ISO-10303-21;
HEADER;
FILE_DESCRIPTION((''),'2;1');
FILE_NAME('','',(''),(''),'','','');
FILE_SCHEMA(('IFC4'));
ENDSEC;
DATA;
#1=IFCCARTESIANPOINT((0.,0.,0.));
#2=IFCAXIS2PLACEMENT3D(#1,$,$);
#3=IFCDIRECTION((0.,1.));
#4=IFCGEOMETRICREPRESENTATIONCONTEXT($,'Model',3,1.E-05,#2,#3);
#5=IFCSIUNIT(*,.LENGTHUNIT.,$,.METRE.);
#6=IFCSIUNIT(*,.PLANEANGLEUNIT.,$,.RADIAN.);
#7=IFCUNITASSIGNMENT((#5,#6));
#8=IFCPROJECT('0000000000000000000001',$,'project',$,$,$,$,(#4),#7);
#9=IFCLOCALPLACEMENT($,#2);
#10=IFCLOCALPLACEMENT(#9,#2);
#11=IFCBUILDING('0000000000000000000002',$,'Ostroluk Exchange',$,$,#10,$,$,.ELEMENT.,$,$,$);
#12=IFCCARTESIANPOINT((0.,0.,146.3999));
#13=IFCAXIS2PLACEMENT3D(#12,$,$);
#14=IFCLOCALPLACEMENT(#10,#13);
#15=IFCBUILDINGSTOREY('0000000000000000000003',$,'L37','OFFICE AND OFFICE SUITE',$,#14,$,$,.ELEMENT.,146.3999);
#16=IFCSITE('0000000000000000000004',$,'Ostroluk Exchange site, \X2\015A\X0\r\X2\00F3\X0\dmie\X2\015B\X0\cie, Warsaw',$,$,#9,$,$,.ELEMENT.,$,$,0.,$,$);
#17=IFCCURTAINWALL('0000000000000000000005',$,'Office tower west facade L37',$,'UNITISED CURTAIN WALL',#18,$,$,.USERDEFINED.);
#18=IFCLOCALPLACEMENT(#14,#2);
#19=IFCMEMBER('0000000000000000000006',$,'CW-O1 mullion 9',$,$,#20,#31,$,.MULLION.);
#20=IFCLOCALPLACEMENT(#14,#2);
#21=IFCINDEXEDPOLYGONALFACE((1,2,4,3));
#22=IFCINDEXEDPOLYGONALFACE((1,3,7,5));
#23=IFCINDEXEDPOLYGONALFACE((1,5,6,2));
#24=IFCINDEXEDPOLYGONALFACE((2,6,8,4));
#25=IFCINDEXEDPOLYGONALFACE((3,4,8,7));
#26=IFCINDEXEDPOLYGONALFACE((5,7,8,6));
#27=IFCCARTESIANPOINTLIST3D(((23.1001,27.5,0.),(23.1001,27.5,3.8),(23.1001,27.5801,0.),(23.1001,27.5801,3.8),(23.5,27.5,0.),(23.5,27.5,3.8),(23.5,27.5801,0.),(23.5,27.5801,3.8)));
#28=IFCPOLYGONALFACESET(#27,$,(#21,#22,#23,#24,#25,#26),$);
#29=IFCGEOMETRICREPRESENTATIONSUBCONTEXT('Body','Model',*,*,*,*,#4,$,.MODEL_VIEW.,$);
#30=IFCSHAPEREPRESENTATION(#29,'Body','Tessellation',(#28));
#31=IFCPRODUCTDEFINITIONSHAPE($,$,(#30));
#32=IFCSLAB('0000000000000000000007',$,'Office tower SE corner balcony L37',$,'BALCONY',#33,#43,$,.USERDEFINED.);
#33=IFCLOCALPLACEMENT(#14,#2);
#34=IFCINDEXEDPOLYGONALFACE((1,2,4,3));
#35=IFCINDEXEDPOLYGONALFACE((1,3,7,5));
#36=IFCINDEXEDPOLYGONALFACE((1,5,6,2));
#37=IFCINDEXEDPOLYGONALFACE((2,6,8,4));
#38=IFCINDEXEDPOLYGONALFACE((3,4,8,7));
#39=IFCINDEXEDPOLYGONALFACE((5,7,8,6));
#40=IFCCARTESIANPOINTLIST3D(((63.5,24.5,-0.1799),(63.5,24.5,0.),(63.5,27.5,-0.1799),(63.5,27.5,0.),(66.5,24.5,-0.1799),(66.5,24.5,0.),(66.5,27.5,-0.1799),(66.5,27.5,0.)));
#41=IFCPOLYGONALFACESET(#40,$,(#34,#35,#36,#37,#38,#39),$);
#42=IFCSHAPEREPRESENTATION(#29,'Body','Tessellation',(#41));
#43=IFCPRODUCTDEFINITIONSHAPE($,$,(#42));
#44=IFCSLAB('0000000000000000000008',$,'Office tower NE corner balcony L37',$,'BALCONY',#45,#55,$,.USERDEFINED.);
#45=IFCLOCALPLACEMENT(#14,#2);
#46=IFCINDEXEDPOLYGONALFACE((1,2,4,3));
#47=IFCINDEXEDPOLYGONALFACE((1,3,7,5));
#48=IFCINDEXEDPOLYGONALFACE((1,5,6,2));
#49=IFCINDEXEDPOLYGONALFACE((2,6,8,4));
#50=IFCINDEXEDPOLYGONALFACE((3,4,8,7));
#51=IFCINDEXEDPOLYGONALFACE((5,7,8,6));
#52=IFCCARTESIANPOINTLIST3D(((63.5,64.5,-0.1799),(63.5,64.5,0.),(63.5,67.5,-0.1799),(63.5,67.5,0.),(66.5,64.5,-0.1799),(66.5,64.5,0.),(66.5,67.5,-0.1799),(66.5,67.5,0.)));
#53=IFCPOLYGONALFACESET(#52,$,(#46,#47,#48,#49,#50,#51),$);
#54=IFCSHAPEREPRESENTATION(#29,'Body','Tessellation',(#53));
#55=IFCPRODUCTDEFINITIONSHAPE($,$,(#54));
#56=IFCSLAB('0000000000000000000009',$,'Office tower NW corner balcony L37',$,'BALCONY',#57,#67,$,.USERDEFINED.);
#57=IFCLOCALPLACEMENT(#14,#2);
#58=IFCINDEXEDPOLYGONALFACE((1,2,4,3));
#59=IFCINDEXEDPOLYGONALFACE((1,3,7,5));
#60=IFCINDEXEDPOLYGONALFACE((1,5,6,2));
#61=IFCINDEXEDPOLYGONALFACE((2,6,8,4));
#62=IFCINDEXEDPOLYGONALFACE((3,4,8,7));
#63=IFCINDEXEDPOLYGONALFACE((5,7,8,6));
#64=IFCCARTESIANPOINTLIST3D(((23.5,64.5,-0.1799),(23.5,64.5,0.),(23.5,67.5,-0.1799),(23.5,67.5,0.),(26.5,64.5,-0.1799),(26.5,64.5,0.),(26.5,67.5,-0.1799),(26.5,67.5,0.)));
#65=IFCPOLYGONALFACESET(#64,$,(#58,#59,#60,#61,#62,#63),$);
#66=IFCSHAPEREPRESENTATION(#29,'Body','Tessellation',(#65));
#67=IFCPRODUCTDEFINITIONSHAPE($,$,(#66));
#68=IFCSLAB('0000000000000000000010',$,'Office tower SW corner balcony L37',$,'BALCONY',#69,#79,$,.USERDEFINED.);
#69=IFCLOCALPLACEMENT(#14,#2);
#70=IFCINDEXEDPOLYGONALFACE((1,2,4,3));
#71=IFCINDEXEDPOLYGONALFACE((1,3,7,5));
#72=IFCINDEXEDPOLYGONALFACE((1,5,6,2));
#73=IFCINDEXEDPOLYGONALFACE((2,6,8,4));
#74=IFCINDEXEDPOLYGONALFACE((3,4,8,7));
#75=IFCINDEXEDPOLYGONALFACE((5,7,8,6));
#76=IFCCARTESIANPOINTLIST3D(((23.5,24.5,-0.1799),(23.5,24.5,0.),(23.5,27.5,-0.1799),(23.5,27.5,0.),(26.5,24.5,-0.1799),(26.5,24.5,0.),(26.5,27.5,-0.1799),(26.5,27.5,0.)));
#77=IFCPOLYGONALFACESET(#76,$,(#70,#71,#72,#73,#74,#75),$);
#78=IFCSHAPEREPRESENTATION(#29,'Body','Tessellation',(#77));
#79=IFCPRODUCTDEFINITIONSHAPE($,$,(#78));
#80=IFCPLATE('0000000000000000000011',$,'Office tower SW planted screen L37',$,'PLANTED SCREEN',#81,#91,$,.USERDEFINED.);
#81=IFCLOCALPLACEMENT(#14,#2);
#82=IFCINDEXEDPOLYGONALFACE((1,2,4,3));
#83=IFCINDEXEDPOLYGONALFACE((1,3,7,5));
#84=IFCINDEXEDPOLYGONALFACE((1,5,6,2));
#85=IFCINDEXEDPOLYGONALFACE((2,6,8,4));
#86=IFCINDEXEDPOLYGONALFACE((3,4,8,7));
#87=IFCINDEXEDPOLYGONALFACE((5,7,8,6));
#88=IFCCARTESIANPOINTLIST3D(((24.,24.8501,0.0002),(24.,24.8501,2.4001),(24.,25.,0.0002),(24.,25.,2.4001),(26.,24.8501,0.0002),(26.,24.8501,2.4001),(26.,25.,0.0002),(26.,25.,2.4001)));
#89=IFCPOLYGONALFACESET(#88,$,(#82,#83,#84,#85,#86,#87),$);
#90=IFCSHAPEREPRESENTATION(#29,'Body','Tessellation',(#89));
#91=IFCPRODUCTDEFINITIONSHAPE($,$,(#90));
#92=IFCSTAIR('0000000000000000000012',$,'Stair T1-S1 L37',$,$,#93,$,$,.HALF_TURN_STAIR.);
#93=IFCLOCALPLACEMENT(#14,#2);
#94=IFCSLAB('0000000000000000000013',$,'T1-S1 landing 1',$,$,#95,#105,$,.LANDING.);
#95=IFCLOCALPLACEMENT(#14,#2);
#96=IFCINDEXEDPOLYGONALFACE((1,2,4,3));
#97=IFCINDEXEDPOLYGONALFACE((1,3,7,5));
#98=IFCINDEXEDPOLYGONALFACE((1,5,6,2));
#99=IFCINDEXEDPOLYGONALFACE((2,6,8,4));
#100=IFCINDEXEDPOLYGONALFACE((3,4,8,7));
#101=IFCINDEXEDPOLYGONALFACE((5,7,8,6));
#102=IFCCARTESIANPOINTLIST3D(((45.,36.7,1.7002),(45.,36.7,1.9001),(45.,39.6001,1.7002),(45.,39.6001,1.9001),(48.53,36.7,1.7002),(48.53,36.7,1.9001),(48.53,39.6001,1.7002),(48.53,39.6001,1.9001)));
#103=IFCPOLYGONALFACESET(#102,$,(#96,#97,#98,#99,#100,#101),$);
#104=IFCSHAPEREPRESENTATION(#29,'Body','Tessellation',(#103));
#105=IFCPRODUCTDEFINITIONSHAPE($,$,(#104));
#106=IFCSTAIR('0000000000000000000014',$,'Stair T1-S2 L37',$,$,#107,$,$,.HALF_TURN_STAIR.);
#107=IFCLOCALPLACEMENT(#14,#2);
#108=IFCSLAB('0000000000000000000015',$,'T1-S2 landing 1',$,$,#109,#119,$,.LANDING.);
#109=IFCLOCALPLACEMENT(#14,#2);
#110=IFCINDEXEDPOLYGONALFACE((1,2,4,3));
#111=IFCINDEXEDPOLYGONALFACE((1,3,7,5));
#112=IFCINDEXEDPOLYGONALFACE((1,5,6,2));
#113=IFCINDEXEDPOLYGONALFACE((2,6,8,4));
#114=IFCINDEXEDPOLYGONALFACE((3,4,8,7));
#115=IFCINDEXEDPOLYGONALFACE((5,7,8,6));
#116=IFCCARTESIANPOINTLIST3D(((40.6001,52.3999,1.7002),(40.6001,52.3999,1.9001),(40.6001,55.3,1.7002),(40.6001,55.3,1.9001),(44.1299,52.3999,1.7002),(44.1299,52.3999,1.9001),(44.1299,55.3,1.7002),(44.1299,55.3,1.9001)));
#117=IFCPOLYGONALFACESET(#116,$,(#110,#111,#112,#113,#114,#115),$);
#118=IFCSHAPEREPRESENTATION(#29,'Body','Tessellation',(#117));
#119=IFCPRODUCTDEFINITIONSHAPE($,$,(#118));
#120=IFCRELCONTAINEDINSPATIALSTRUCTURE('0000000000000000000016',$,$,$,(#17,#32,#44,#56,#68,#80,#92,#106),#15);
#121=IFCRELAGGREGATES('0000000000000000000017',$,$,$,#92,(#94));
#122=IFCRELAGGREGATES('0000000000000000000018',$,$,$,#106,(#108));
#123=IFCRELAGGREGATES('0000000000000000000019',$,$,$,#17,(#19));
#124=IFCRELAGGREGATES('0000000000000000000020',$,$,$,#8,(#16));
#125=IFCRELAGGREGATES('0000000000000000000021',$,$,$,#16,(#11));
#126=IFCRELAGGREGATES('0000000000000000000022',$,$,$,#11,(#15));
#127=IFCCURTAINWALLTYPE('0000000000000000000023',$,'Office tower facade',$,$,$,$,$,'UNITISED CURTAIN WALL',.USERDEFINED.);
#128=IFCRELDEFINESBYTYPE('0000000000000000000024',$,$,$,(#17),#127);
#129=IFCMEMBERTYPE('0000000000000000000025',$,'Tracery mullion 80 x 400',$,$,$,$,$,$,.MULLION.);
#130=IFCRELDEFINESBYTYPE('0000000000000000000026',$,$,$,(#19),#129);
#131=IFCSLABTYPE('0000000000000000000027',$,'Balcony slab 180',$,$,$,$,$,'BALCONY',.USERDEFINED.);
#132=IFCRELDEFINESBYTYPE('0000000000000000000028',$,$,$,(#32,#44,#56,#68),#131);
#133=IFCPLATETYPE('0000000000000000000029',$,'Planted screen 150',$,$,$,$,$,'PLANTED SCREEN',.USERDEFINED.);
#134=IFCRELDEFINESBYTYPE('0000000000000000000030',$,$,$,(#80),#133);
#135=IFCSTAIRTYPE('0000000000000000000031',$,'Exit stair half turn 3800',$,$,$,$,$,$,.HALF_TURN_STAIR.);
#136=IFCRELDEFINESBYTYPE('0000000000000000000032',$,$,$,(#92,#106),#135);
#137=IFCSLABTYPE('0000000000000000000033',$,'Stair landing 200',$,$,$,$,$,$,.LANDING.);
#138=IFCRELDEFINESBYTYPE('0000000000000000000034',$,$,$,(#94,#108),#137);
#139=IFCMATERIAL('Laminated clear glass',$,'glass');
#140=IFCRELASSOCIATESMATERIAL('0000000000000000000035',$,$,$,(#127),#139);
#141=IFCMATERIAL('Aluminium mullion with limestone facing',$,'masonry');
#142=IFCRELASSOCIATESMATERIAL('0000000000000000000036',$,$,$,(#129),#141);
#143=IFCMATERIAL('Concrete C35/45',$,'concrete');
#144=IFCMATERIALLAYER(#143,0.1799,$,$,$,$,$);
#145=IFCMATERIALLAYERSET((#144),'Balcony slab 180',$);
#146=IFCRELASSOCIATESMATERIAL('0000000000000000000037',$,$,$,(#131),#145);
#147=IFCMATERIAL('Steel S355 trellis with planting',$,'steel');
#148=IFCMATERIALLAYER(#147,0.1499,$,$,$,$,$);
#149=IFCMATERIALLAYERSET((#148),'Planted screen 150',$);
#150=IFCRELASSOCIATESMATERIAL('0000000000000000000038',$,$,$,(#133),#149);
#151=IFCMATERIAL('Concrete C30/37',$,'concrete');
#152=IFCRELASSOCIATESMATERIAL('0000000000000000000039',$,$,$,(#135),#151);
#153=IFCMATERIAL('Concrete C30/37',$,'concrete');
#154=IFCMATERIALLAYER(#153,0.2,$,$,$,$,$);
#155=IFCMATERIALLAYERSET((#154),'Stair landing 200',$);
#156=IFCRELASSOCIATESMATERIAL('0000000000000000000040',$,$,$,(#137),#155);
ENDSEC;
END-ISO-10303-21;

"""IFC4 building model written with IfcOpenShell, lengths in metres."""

from ifc_helpers import new_model, si_unit, direction, frame, origin, origin_2d, place, context, subcontext, project, spatial, polyline, rectangle, outline, extrude, material, layer, layer_set, material_profile, profile_set, type_object, element, aggregate, save


model = new_model("IFC4")

# Units and contexts
model_context = context("Model", 3, precision=1e-05, world=origin(), true_north=direction((0.0, 1.0)))
body_context = subcontext(model_context, "Body", "Model", "MODEL_VIEW")
ifc_project = project(units=[si_unit("LENGTHUNIT", "METRE"), si_unit("PLANEANGLEUNIT", "RADIAN")], contexts=[model_context])

# Site, building, storey
site_placement = place(None, origin())
site = spatial("IfcSite", under=ifc_project, at=site_placement, Name="Ostroluk Exchange site, Śródmieście, Warsaw", CompositionType="ELEMENT", RefElevation=0.0)
building_placement = place(site_placement, origin())
building = spatial("IfcBuilding", under=site, at=building_placement, Name="Ostroluk Exchange", CompositionType="ELEMENT")
storey_placement = place(building_placement, frame((0.0, 0.0, 146.3999)))
storey = spatial("IfcBuildingStorey", under=building, at=storey_placement, Name="L37", Description="OFFICE AND OFFICE SUITE", CompositionType="ELEMENT", Elevation=146.3999)

# Curtain wall
ifc_material_1 = material(Name="Laminated clear glass", Category="glass")
curtain_wall_type = type_object("IfcCurtainWallType", Name="Office tower facade", ElementType="UNITISED CURTAIN WALL", PredefinedType="USERDEFINED", material=ifc_material_1)
curtain_wall_1_placement = place(storey_placement, origin())
curtain_wall_1 = element("IfcCurtainWall", 1, at=curtain_wall_1_placement, inside=storey, type_object=curtain_wall_type, Name="Office tower west facade L37", ObjectType="UNITISED CURTAIN WALL", PredefinedType="USERDEFINED")

# Member
ifc_material_2 = material(Name="Aluminium mullion with limestone facing", Category="masonry")
ifc_material_profile_1 = material_profile(ifc_material_2, rectangle(XDim=0.3999, YDim=0.0801, at=origin_2d()), Name="Tracery mullion 80 x 400")
ifc_profile_set_1 = profile_set([ifc_material_profile_1], Name="Aluminium mullion with limestone facing")
member_type_1 = type_object("IfcMemberType", Name="Tracery mullion 80 x 400", PredefinedType="MULLION", material=ifc_profile_set_1)
member_1_placement = place(storey_placement, frame((23.3, 27.54, 0.0), z_axis=(0.0, 0.0, 1.0), x_axis=(1.0, 0.0, 0.0)))
member_1 = element("IfcMember", 2, at=member_1_placement, type_object=member_type_1, Name="CW-O1 mullion 9", PredefinedType="MULLION", context=body_context, shape_type="SweptSolid", body=[
    extrude(rectangle(XDim=0.3999, YDim=0.0801, at=origin_2d()), origin(), (0.0, 0.0, 1.0), 3.8),
])

# Slabs
ifc_material_3 = material(Name="Concrete C35/45", Category="concrete")
ifc_layer_1 = layer(ifc_material_3, 0.1799)
ifc_layer_set_1 = layer_set([ifc_layer_1], Name="Balcony slab 180")
slab_type_1 = type_object("IfcSlabType", Name="Balcony slab 180", ElementType="BALCONY", PredefinedType="USERDEFINED", material=ifc_layer_set_1)
slab_1_placement = place(storey_placement, frame((0.0, 0.0, -0.1799)))
element("IfcSlab", 3, at=slab_1_placement, inside=storey, type_object=slab_type_1, Name="Office tower SE corner balcony L37", ObjectType="BALCONY", PredefinedType="USERDEFINED", context=body_context, shape_type="SweptSolid", body=[
    extrude(outline(polyline([(63.5, 24.5), (66.5, 24.5), (66.5, 27.5), (63.5, 27.5), (63.5, 24.5)])), origin(), (0.0, 0.0, 1.0), 0.1799),
])
slab_2_placement = place(storey_placement, frame((0.0, 0.0, -0.1799)))
element("IfcSlab", 4, at=slab_2_placement, inside=storey, type_object=slab_type_1, Name="Office tower NE corner balcony L37", ObjectType="BALCONY", PredefinedType="USERDEFINED", context=body_context, shape_type="SweptSolid", body=[
    extrude(outline(polyline([(63.5, 64.5), (66.5, 64.5), (66.5, 67.5), (63.5, 67.5), (63.5, 64.5)])), origin(), (0.0, 0.0, 1.0), 0.1799),
])
slab_3_placement = place(storey_placement, frame((0.0, 0.0, -0.1799)))
element("IfcSlab", 5, at=slab_3_placement, inside=storey, type_object=slab_type_1, Name="Office tower NW corner balcony L37", ObjectType="BALCONY", PredefinedType="USERDEFINED", context=body_context, shape_type="SweptSolid", body=[
    extrude(outline(polyline([(23.5, 64.5), (26.5, 64.5), (26.5, 67.5), (23.5, 67.5), (23.5, 64.5)])), origin(), (0.0, 0.0, 1.0), 0.1799),
])
slab_4_placement = place(storey_placement, frame((0.0, 0.0, -0.1799)))
element("IfcSlab", 6, at=slab_4_placement, inside=storey, type_object=slab_type_1, Name="Office tower SW corner balcony L37", ObjectType="BALCONY", PredefinedType="USERDEFINED", context=body_context, shape_type="SweptSolid", body=[
    extrude(outline(polyline([(23.5, 24.5), (26.5, 24.5), (26.5, 27.5), (23.5, 27.5), (23.5, 24.5)])), origin(), (0.0, 0.0, 1.0), 0.1799),
])

# Plate
ifc_material_4 = material(Name="Steel S355 trellis with planting", Category="steel")
ifc_layer_2 = layer(ifc_material_4, 0.1499)
ifc_layer_set_2 = layer_set([ifc_layer_2], Name="Planted screen 150")
plate_type_1 = type_object("IfcPlateType", Name="Planted screen 150", ElementType="PLANTED SCREEN", PredefinedType="USERDEFINED", material=ifc_layer_set_2)
plate_1_placement = place(storey_placement, frame((25.0, 24.925, 0.0002), z_axis=(0.0, 0.0, 1.0), x_axis=(1.0, 0.0, 0.0)))
element("IfcPlate", 7, at=plate_1_placement, inside=storey, type_object=plate_type_1, Name="Office tower SW planted screen L37", ObjectType="PLANTED SCREEN", PredefinedType="USERDEFINED", context=body_context, shape_type="SweptSolid", body=[
    extrude(rectangle(XDim=2.0, YDim=0.1499, at=origin_2d()), origin(), (0.0, 0.0, 1.0), 2.3999),
])

# Stairs, slabs
ifc_material_5 = material(Name="Concrete C30/37", Category="concrete")
stair_type = type_object("IfcStairType", Name="Exit stair half turn 3800", PredefinedType="HALF_TURN_STAIR", material=ifc_material_5)
stair_1_placement = place(storey_placement, origin())
stair_1 = element("IfcStair", 8, at=stair_1_placement, inside=storey, type_object=stair_type, Name="Stair T1-S1 L37", PredefinedType="HALF_TURN_STAIR")
ifc_material_6 = material(Name="Concrete C30/37", Category="concrete")
ifc_layer_3 = layer(ifc_material_6, 0.2)
ifc_layer_set_3 = layer_set([ifc_layer_3], Name="Stair landing 200")
slab_type_2 = type_object("IfcSlabType", Name="Stair landing 200", PredefinedType="LANDING", material=ifc_layer_set_3)
slab_5_placement = place(storey_placement, frame((0.0, 0.0, 1.7002)))
slab_5 = element("IfcSlab", 9, at=slab_5_placement, type_object=slab_type_2, Name="T1-S1 landing 1", PredefinedType="LANDING", context=body_context, shape_type="SweptSolid", body=[
    extrude(outline(polyline([(45.0, 36.7), (45.0, 39.6001), (48.53, 39.6001), (48.53, 36.7), (45.0, 36.7)])), origin(), (0.0, 0.0, 1.0), 0.2),
])
aggregate(stair_1, [slab_5])
stair_2_placement = place(storey_placement, origin())
stair_2 = element("IfcStair", 10, at=stair_2_placement, inside=storey, type_object=stair_type, Name="Stair T1-S2 L37", PredefinedType="HALF_TURN_STAIR")
slab_6_placement = place(storey_placement, frame((0.0, 0.0, 1.7002)))
slab_6 = element("IfcSlab", 11, at=slab_6_placement, type_object=slab_type_2, Name="T1-S2 landing 1", PredefinedType="LANDING", context=body_context, shape_type="SweptSolid", body=[
    extrude(outline(polyline([(44.1299, 52.3999), (44.1299, 55.3), (40.6001, 55.3), (40.6001, 52.3999), (44.1299, 52.3999)])), origin(), (0.0, 0.0, 1.0), 0.2),
])
aggregate(stair_2, [slab_6])

aggregate(curtain_wall_1, [member_1])

save(model, "model.ifc")
